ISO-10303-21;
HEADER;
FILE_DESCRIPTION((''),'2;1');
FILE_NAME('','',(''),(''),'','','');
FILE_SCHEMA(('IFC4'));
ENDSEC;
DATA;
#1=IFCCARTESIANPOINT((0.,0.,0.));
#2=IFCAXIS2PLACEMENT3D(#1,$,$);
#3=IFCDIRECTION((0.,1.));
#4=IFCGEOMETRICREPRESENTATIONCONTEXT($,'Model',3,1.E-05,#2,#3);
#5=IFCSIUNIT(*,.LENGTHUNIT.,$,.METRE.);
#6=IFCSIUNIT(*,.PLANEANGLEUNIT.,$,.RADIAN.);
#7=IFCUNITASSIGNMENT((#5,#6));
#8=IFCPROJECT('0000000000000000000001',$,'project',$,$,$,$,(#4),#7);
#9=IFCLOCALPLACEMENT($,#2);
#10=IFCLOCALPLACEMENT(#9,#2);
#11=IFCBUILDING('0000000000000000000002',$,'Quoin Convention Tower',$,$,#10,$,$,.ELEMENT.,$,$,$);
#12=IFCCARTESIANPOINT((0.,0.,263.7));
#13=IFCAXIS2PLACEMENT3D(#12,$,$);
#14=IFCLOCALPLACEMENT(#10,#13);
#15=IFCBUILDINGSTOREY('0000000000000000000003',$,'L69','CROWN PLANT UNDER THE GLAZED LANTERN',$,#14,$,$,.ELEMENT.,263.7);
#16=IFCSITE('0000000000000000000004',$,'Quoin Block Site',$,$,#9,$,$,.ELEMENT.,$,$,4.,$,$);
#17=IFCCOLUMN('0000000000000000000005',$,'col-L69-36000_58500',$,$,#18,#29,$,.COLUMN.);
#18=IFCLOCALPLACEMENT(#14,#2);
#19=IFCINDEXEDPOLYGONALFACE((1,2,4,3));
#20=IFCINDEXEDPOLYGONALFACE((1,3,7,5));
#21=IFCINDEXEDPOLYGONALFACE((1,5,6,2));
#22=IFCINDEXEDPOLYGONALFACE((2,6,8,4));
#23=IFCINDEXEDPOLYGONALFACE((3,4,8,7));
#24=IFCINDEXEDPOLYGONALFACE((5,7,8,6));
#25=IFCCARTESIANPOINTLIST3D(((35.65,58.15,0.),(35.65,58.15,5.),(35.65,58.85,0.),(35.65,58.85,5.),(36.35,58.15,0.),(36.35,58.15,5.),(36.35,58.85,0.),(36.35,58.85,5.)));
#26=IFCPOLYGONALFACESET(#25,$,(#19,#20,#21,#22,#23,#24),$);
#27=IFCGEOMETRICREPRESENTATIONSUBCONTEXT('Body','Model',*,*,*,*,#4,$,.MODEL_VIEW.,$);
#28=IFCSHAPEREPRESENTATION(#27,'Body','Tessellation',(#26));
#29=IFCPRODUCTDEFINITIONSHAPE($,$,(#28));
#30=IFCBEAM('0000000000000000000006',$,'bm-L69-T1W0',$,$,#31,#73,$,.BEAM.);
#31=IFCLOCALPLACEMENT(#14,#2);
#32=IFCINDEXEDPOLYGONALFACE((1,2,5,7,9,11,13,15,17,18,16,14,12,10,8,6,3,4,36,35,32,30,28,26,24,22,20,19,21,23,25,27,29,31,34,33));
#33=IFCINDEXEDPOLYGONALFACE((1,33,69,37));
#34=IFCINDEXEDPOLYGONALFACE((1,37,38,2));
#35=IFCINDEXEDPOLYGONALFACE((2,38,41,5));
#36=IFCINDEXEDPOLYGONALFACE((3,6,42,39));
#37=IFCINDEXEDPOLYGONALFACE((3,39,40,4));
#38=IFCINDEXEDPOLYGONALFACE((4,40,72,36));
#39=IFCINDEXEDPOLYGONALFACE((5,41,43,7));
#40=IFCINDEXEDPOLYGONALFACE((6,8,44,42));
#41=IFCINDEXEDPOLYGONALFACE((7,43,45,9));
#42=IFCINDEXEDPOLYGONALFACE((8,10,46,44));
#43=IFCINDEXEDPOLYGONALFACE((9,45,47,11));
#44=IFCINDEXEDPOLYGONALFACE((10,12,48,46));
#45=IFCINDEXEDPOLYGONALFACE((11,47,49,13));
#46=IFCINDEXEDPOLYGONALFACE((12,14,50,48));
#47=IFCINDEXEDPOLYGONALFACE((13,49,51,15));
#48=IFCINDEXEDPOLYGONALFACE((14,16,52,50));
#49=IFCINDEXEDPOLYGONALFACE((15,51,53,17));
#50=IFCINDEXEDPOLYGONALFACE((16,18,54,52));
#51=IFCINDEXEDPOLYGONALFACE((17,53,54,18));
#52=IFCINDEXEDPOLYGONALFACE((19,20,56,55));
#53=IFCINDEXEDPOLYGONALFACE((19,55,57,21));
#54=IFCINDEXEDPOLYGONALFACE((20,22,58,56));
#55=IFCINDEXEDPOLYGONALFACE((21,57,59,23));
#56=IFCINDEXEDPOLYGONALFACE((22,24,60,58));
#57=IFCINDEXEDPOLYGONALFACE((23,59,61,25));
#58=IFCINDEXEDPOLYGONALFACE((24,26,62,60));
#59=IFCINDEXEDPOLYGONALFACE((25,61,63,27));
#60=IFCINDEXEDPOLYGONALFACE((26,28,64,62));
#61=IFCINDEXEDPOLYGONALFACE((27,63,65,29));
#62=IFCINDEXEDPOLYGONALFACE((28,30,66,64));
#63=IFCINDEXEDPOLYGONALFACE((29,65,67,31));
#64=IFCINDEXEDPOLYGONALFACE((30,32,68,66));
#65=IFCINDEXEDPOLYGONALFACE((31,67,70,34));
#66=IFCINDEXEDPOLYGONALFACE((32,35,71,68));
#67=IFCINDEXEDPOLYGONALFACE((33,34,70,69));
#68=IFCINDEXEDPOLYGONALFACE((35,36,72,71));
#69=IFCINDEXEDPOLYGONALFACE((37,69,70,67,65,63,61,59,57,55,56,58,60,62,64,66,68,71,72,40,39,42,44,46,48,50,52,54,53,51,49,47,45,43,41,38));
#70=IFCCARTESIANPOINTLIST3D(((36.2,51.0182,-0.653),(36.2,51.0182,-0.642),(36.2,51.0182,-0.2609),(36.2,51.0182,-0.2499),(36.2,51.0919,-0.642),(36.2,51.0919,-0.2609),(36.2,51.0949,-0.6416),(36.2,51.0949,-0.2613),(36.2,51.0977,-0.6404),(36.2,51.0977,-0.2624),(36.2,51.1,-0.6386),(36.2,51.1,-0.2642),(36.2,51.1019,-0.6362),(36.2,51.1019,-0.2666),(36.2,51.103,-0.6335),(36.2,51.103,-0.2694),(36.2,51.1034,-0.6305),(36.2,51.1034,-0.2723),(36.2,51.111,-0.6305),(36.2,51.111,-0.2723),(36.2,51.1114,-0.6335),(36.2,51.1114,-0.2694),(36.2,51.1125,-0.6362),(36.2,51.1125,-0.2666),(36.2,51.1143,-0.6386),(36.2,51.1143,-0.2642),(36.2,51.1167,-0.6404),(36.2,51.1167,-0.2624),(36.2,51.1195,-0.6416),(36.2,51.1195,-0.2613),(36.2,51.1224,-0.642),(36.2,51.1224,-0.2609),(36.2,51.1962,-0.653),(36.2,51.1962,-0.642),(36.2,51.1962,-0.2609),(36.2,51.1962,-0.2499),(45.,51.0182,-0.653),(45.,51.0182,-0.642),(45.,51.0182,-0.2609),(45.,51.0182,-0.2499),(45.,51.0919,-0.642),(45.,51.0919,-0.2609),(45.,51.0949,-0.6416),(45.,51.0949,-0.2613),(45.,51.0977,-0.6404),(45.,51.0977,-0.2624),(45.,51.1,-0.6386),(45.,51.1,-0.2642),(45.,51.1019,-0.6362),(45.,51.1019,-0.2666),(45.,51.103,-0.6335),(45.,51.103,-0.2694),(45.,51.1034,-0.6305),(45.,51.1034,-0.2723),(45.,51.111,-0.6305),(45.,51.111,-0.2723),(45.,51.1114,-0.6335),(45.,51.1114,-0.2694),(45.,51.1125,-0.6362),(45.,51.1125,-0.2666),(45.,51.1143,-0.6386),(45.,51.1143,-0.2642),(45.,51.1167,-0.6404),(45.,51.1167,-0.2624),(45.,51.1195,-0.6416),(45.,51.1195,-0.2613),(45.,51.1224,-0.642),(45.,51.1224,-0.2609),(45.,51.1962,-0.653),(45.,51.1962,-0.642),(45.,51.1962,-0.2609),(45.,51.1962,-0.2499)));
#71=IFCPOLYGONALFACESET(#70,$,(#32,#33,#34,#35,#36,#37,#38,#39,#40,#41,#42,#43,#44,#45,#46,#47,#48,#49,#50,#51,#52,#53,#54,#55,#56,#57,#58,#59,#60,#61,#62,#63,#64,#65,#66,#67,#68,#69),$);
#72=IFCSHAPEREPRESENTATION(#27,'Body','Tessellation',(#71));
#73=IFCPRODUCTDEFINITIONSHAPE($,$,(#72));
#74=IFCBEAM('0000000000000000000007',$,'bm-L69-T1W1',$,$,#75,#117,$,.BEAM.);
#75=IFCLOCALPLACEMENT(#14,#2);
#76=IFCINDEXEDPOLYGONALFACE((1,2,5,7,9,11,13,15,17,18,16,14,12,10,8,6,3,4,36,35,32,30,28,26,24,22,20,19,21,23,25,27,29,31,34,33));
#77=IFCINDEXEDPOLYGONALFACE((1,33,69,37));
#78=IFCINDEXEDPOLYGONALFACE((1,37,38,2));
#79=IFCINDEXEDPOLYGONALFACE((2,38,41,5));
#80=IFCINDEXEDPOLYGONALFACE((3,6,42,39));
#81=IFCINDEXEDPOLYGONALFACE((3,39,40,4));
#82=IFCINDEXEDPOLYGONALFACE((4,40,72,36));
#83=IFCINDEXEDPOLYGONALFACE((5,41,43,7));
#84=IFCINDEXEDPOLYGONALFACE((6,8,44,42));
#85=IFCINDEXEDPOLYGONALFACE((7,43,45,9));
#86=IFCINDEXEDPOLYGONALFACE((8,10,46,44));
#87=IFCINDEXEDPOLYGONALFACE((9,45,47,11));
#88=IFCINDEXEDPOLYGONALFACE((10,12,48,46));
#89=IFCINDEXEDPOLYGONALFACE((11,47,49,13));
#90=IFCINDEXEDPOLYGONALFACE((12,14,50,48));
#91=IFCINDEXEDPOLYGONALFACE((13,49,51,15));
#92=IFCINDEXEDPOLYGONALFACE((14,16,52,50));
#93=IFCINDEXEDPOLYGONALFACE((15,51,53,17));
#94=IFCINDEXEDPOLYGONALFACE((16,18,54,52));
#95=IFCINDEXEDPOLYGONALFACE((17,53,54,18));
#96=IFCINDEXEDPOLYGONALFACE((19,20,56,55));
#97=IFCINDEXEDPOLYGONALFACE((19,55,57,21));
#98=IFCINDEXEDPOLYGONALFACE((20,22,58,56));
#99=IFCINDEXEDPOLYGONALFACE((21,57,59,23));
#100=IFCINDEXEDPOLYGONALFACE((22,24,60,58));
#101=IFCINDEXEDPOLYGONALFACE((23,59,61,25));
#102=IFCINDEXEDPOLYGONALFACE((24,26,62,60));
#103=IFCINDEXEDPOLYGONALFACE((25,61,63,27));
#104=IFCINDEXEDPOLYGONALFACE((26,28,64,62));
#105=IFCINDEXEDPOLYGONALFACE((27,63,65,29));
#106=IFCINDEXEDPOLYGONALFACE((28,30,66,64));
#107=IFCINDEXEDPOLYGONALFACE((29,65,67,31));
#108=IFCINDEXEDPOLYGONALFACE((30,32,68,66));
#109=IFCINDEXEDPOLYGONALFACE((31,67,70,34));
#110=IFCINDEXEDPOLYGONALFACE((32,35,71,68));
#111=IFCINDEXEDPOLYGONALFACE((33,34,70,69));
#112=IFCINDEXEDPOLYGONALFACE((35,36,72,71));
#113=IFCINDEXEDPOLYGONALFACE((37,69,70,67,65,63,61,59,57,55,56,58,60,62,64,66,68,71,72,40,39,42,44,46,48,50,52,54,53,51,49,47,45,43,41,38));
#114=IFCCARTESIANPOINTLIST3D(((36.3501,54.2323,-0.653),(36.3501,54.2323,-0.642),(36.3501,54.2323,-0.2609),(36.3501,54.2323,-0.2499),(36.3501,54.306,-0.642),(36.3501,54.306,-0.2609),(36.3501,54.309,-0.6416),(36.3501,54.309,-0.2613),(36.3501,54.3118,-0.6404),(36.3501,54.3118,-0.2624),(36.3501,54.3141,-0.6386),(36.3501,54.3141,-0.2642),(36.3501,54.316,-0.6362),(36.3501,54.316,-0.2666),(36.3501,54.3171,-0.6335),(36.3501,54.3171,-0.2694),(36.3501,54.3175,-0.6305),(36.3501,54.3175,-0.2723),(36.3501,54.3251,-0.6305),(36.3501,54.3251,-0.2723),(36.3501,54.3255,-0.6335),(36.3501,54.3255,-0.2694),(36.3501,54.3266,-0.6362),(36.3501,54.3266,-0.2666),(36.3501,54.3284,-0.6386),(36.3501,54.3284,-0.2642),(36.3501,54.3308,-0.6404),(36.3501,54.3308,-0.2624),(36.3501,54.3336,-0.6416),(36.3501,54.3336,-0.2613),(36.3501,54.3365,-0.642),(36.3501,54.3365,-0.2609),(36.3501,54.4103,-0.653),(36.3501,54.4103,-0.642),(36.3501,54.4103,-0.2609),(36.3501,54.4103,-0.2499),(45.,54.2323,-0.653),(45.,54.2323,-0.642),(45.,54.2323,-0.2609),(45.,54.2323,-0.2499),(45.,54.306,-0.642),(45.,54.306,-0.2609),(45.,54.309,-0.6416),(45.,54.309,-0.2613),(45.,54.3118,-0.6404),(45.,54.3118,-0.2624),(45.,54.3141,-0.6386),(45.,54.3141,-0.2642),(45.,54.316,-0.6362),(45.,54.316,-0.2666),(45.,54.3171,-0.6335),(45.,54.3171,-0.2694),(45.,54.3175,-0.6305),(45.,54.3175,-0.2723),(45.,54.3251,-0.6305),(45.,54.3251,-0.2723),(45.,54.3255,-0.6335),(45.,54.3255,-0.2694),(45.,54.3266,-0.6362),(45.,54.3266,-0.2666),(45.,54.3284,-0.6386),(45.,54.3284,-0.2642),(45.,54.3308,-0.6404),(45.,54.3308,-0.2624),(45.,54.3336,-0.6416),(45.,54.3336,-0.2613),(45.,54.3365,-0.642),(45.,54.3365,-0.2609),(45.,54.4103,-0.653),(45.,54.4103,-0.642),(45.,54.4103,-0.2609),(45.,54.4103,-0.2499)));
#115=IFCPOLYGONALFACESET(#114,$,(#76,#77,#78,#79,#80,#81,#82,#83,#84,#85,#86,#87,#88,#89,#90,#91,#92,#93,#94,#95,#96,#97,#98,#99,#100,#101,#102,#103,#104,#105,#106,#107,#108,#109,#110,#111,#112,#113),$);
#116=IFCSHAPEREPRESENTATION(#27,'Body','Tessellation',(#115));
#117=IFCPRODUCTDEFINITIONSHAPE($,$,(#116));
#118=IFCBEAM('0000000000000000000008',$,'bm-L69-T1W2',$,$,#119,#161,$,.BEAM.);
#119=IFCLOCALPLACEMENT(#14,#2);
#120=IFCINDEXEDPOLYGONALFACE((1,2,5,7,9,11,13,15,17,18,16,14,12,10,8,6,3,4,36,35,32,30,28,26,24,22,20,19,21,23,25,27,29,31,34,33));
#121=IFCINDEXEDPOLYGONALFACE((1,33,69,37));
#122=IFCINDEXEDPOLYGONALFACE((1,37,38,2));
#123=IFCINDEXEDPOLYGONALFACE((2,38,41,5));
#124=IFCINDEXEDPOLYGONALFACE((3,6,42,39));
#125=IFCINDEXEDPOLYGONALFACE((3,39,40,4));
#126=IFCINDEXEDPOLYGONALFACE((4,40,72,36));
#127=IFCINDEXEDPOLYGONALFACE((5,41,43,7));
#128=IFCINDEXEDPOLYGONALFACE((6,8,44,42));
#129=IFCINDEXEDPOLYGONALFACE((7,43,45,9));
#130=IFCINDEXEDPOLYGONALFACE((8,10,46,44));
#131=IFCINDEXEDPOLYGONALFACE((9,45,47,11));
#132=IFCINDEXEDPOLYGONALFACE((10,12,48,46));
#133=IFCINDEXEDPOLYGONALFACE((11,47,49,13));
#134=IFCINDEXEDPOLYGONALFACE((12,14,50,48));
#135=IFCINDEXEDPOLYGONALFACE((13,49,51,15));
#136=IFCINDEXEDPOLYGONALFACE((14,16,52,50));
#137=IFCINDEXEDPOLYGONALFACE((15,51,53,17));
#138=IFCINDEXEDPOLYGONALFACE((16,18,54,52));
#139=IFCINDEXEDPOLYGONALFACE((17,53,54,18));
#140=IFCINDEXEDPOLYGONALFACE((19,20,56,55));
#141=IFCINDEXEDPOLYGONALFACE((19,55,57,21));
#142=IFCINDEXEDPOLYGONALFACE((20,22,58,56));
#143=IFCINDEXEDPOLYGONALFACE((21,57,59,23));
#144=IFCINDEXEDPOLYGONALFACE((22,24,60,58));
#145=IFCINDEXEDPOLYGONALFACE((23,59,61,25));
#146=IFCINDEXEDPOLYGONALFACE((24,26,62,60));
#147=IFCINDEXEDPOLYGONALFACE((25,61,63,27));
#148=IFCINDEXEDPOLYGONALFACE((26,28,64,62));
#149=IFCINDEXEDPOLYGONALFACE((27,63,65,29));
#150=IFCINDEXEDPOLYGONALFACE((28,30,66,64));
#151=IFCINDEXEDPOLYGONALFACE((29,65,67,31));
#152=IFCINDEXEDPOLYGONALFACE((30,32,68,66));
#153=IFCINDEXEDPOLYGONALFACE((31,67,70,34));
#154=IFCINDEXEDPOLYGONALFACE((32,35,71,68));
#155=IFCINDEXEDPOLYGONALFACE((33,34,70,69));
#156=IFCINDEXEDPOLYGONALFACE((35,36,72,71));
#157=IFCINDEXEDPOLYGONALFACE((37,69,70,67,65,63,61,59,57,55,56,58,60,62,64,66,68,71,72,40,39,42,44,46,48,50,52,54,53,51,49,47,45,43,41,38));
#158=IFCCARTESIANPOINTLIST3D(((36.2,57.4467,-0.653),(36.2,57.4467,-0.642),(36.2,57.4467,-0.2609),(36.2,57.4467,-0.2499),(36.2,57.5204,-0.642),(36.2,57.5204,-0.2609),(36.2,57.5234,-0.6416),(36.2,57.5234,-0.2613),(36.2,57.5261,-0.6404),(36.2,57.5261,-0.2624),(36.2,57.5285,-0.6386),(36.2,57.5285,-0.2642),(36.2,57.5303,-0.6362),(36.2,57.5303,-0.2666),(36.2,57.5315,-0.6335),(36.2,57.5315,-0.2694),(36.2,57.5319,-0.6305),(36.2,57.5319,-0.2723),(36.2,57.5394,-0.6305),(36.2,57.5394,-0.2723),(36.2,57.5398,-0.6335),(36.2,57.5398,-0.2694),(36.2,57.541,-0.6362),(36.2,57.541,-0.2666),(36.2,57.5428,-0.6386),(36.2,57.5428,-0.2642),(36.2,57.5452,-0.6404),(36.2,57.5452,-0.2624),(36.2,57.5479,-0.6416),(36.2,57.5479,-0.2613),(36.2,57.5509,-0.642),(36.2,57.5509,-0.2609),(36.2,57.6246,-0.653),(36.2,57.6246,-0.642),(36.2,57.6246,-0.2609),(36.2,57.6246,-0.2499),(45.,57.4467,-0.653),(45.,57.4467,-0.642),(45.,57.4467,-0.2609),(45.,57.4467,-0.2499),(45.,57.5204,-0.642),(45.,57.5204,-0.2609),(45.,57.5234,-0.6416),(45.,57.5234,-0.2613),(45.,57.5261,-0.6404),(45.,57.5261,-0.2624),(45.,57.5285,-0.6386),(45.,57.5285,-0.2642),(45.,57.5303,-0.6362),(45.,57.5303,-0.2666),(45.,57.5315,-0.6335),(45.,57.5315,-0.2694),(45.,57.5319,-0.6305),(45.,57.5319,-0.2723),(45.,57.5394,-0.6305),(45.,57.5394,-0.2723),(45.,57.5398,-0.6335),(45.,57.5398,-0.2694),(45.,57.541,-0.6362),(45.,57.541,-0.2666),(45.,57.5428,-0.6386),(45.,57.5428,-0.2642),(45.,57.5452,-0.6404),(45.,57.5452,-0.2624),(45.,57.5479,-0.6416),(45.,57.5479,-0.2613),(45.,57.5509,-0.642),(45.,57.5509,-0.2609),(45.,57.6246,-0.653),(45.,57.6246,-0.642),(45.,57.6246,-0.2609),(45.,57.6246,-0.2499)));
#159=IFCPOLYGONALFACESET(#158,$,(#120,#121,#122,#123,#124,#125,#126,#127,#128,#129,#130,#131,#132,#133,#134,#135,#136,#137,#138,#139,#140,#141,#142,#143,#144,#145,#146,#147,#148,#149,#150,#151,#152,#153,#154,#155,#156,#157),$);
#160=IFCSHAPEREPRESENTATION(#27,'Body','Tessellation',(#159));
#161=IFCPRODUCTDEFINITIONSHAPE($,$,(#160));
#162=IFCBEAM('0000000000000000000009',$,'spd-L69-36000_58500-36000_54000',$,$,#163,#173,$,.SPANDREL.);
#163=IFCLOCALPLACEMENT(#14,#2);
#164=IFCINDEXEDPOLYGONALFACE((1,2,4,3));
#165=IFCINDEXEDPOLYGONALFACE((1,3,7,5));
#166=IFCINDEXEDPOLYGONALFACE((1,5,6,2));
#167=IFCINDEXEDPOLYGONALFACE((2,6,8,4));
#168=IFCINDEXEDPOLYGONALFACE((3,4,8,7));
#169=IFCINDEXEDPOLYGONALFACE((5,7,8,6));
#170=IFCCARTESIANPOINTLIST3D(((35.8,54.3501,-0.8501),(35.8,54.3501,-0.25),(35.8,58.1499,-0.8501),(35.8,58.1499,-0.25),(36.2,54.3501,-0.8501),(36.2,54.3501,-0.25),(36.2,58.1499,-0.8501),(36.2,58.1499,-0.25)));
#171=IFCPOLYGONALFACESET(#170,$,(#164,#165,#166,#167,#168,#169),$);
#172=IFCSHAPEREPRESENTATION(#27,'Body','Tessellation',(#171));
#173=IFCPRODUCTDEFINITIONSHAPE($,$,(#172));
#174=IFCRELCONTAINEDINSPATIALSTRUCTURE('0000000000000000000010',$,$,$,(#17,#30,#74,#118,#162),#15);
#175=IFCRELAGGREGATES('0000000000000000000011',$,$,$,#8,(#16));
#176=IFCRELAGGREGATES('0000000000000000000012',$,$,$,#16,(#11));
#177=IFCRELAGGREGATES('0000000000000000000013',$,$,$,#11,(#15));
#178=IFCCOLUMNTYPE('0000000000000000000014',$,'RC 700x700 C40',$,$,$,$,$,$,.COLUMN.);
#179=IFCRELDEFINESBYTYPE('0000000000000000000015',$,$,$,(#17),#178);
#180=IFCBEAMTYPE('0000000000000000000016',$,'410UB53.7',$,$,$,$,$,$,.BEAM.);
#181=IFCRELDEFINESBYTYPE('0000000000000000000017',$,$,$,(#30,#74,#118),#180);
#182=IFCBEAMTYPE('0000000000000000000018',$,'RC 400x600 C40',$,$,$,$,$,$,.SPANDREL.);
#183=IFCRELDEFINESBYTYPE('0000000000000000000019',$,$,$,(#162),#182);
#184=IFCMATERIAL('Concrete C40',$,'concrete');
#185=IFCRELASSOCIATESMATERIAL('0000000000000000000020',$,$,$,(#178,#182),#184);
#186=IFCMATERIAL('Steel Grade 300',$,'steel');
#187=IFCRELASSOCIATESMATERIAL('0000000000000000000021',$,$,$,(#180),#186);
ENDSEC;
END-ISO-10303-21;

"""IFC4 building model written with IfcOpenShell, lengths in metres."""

from ifc_helpers import new_model, si_unit, direction, frame, origin, origin_2d, place, context, subcontext, project, spatial, rectangle, i_section, extrude, material, material_profile, profile_set, type_object, element, save


model = new_model("IFC4")

# Units and contexts
model_context = context("Model", 3, precision=1e-05, world=origin(), true_north=direction((0.0, 1.0)))
body_context = subcontext(model_context, "Body", "Model", "MODEL_VIEW")
ifc_project = project(units=[si_unit("LENGTHUNIT", "METRE"), si_unit("PLANEANGLEUNIT", "RADIAN")], contexts=[model_context])

# Site, building, storey
site_placement = place(None, origin())
site = spatial("IfcSite", under=ifc_project, at=site_placement, Name="Quoin Block Site", CompositionType="ELEMENT", RefElevation=4.0)
building_placement = place(site_placement, origin())
building = spatial("IfcBuilding", under=site, at=building_placement, Name="Quoin Convention Tower", CompositionType="ELEMENT")
storey_placement = place(building_placement, frame((0.0, 0.0, 263.7)))
storey = spatial("IfcBuildingStorey", under=building, at=storey_placement, Name="L69", Description="CROWN PLANT UNDER THE GLAZED LANTERN", CompositionType="ELEMENT", Elevation=263.7)

# Column
ifc_material_1 = material(Name="Concrete C40", Category="concrete")
ifc_material_profile_1 = material_profile(ifc_material_1, rectangle(XDim=0.7, YDim=0.7, at=origin_2d()), Name="RC 700x700")
ifc_profile_set_1 = profile_set([ifc_material_profile_1], Name="Concrete C40")
column_type = type_object("IfcColumnType", Name="RC 700x700 C40", PredefinedType="COLUMN", material=ifc_profile_set_1)
column_placement = place(storey_placement, frame((36.0, 58.5, 0.0), z_axis=(0.0, 0.0, 1.0), x_axis=(1.0, 0.0, 0.0)))
element("IfcColumn", 1, at=column_placement, inside=storey, type_object=column_type, Name="col-L69-36000_58500", PredefinedType="COLUMN", context=body_context, shape_type="SweptSolid", body=[
    extrude(rectangle(XDim=0.7, YDim=0.7, at=origin_2d()), origin(), (0.0, 0.0, 1.0), 5.0),
])

# Beams
ifc_material_2 = material(Name="Steel Grade 300", Category="steel")
ifc_material_profile_2 = material_profile(ifc_material_2, i_section(OverallWidth=0.178, OverallDepth=0.4031, WebThickness=0.0076, FlangeThickness=0.011, FilletRadius=0.0115, at=origin_2d()), Name="410UB53.7")
ifc_profile_set_2 = profile_set([ifc_material_profile_2], Name="Steel Grade 300")
beam_type_1 = type_object("IfcBeamType", Name="410UB53.7", PredefinedType="BEAM", material=ifc_profile_set_2)
beam_1_placement = place(storey_placement, frame((36.2, 51.1072, -0.4514), z_axis=(1.0, 0.0, 0.0), x_axis=(0.0, 1.0, 0.0)))
element("IfcBeam", 2, at=beam_1_placement, inside=storey, type_object=beam_type_1, Name="bm-L69-T1W0", PredefinedType="BEAM", context=body_context, shape_type="SweptSolid", body=[
    extrude(i_section(OverallWidth=0.178, OverallDepth=0.4031, WebThickness=0.0076, FlangeThickness=0.011, FilletRadius=0.0115, at=origin_2d()), origin(), (0.0, 0.0, 1.0), 8.8),
])
beam_2_placement = place(storey_placement, frame((36.3501, 54.3213, -0.4514), z_axis=(1.0, 0.0, 0.0), x_axis=(0.0, 1.0, 0.0)))
element("IfcBeam", 3, at=beam_2_placement, inside=storey, type_object=beam_type_1, Name="bm-L69-T1W1", PredefinedType="BEAM", context=body_context, shape_type="SweptSolid", body=[
    extrude(i_section(OverallWidth=0.178, OverallDepth=0.4031, WebThickness=0.0076, FlangeThickness=0.011, FilletRadius=0.0115, at=origin_2d()), origin(), (0.0, 0.0, 1.0), 8.6499),
])
beam_3_placement = place(storey_placement, frame((36.2, 57.5356, -0.4514), z_axis=(1.0, 0.0, 0.0), x_axis=(0.0, 1.0, 0.0)))
element("IfcBeam", 4, at=beam_3_placement, inside=storey, type_object=beam_type_1, Name="bm-L69-T1W2", PredefinedType="BEAM", context=body_context, shape_type="SweptSolid", body=[
    extrude(i_section(OverallWidth=0.178, OverallDepth=0.4031, WebThickness=0.0076, FlangeThickness=0.011, FilletRadius=0.0115, at=origin_2d()), origin(), (0.0, 0.0, 1.0), 8.8),
])
ifc_material_profile_3 = material_profile(ifc_material_1, rectangle(XDim=0.3999, YDim=0.6001, at=origin_2d()), Name="RC 400x600")
ifc_profile_set_3 = profile_set([ifc_material_profile_3], Name="Concrete C40")
beam_type_2 = type_object("IfcBeamType", Name="RC 400x600 C40", PredefinedType="SPANDREL", material=ifc_profile_set_3)
beam_4_placement = place(storey_placement, frame((36.0, 58.1499, -0.55), z_axis=(0.0, -1.0, 0.0), x_axis=(1.0, 0.0, 0.0)))
element("IfcBeam", 5, at=beam_4_placement, inside=storey, type_object=beam_type_2, Name="spd-L69-36000_58500-36000_54000", PredefinedType="SPANDREL", context=body_context, shape_type="SweptSolid", body=[
    extrude(rectangle(XDim=0.3999, YDim=0.6001, at=origin_2d()), origin(), (0.0, 0.0, 1.0), 3.7998),
])

save(model, "model.ifc")
